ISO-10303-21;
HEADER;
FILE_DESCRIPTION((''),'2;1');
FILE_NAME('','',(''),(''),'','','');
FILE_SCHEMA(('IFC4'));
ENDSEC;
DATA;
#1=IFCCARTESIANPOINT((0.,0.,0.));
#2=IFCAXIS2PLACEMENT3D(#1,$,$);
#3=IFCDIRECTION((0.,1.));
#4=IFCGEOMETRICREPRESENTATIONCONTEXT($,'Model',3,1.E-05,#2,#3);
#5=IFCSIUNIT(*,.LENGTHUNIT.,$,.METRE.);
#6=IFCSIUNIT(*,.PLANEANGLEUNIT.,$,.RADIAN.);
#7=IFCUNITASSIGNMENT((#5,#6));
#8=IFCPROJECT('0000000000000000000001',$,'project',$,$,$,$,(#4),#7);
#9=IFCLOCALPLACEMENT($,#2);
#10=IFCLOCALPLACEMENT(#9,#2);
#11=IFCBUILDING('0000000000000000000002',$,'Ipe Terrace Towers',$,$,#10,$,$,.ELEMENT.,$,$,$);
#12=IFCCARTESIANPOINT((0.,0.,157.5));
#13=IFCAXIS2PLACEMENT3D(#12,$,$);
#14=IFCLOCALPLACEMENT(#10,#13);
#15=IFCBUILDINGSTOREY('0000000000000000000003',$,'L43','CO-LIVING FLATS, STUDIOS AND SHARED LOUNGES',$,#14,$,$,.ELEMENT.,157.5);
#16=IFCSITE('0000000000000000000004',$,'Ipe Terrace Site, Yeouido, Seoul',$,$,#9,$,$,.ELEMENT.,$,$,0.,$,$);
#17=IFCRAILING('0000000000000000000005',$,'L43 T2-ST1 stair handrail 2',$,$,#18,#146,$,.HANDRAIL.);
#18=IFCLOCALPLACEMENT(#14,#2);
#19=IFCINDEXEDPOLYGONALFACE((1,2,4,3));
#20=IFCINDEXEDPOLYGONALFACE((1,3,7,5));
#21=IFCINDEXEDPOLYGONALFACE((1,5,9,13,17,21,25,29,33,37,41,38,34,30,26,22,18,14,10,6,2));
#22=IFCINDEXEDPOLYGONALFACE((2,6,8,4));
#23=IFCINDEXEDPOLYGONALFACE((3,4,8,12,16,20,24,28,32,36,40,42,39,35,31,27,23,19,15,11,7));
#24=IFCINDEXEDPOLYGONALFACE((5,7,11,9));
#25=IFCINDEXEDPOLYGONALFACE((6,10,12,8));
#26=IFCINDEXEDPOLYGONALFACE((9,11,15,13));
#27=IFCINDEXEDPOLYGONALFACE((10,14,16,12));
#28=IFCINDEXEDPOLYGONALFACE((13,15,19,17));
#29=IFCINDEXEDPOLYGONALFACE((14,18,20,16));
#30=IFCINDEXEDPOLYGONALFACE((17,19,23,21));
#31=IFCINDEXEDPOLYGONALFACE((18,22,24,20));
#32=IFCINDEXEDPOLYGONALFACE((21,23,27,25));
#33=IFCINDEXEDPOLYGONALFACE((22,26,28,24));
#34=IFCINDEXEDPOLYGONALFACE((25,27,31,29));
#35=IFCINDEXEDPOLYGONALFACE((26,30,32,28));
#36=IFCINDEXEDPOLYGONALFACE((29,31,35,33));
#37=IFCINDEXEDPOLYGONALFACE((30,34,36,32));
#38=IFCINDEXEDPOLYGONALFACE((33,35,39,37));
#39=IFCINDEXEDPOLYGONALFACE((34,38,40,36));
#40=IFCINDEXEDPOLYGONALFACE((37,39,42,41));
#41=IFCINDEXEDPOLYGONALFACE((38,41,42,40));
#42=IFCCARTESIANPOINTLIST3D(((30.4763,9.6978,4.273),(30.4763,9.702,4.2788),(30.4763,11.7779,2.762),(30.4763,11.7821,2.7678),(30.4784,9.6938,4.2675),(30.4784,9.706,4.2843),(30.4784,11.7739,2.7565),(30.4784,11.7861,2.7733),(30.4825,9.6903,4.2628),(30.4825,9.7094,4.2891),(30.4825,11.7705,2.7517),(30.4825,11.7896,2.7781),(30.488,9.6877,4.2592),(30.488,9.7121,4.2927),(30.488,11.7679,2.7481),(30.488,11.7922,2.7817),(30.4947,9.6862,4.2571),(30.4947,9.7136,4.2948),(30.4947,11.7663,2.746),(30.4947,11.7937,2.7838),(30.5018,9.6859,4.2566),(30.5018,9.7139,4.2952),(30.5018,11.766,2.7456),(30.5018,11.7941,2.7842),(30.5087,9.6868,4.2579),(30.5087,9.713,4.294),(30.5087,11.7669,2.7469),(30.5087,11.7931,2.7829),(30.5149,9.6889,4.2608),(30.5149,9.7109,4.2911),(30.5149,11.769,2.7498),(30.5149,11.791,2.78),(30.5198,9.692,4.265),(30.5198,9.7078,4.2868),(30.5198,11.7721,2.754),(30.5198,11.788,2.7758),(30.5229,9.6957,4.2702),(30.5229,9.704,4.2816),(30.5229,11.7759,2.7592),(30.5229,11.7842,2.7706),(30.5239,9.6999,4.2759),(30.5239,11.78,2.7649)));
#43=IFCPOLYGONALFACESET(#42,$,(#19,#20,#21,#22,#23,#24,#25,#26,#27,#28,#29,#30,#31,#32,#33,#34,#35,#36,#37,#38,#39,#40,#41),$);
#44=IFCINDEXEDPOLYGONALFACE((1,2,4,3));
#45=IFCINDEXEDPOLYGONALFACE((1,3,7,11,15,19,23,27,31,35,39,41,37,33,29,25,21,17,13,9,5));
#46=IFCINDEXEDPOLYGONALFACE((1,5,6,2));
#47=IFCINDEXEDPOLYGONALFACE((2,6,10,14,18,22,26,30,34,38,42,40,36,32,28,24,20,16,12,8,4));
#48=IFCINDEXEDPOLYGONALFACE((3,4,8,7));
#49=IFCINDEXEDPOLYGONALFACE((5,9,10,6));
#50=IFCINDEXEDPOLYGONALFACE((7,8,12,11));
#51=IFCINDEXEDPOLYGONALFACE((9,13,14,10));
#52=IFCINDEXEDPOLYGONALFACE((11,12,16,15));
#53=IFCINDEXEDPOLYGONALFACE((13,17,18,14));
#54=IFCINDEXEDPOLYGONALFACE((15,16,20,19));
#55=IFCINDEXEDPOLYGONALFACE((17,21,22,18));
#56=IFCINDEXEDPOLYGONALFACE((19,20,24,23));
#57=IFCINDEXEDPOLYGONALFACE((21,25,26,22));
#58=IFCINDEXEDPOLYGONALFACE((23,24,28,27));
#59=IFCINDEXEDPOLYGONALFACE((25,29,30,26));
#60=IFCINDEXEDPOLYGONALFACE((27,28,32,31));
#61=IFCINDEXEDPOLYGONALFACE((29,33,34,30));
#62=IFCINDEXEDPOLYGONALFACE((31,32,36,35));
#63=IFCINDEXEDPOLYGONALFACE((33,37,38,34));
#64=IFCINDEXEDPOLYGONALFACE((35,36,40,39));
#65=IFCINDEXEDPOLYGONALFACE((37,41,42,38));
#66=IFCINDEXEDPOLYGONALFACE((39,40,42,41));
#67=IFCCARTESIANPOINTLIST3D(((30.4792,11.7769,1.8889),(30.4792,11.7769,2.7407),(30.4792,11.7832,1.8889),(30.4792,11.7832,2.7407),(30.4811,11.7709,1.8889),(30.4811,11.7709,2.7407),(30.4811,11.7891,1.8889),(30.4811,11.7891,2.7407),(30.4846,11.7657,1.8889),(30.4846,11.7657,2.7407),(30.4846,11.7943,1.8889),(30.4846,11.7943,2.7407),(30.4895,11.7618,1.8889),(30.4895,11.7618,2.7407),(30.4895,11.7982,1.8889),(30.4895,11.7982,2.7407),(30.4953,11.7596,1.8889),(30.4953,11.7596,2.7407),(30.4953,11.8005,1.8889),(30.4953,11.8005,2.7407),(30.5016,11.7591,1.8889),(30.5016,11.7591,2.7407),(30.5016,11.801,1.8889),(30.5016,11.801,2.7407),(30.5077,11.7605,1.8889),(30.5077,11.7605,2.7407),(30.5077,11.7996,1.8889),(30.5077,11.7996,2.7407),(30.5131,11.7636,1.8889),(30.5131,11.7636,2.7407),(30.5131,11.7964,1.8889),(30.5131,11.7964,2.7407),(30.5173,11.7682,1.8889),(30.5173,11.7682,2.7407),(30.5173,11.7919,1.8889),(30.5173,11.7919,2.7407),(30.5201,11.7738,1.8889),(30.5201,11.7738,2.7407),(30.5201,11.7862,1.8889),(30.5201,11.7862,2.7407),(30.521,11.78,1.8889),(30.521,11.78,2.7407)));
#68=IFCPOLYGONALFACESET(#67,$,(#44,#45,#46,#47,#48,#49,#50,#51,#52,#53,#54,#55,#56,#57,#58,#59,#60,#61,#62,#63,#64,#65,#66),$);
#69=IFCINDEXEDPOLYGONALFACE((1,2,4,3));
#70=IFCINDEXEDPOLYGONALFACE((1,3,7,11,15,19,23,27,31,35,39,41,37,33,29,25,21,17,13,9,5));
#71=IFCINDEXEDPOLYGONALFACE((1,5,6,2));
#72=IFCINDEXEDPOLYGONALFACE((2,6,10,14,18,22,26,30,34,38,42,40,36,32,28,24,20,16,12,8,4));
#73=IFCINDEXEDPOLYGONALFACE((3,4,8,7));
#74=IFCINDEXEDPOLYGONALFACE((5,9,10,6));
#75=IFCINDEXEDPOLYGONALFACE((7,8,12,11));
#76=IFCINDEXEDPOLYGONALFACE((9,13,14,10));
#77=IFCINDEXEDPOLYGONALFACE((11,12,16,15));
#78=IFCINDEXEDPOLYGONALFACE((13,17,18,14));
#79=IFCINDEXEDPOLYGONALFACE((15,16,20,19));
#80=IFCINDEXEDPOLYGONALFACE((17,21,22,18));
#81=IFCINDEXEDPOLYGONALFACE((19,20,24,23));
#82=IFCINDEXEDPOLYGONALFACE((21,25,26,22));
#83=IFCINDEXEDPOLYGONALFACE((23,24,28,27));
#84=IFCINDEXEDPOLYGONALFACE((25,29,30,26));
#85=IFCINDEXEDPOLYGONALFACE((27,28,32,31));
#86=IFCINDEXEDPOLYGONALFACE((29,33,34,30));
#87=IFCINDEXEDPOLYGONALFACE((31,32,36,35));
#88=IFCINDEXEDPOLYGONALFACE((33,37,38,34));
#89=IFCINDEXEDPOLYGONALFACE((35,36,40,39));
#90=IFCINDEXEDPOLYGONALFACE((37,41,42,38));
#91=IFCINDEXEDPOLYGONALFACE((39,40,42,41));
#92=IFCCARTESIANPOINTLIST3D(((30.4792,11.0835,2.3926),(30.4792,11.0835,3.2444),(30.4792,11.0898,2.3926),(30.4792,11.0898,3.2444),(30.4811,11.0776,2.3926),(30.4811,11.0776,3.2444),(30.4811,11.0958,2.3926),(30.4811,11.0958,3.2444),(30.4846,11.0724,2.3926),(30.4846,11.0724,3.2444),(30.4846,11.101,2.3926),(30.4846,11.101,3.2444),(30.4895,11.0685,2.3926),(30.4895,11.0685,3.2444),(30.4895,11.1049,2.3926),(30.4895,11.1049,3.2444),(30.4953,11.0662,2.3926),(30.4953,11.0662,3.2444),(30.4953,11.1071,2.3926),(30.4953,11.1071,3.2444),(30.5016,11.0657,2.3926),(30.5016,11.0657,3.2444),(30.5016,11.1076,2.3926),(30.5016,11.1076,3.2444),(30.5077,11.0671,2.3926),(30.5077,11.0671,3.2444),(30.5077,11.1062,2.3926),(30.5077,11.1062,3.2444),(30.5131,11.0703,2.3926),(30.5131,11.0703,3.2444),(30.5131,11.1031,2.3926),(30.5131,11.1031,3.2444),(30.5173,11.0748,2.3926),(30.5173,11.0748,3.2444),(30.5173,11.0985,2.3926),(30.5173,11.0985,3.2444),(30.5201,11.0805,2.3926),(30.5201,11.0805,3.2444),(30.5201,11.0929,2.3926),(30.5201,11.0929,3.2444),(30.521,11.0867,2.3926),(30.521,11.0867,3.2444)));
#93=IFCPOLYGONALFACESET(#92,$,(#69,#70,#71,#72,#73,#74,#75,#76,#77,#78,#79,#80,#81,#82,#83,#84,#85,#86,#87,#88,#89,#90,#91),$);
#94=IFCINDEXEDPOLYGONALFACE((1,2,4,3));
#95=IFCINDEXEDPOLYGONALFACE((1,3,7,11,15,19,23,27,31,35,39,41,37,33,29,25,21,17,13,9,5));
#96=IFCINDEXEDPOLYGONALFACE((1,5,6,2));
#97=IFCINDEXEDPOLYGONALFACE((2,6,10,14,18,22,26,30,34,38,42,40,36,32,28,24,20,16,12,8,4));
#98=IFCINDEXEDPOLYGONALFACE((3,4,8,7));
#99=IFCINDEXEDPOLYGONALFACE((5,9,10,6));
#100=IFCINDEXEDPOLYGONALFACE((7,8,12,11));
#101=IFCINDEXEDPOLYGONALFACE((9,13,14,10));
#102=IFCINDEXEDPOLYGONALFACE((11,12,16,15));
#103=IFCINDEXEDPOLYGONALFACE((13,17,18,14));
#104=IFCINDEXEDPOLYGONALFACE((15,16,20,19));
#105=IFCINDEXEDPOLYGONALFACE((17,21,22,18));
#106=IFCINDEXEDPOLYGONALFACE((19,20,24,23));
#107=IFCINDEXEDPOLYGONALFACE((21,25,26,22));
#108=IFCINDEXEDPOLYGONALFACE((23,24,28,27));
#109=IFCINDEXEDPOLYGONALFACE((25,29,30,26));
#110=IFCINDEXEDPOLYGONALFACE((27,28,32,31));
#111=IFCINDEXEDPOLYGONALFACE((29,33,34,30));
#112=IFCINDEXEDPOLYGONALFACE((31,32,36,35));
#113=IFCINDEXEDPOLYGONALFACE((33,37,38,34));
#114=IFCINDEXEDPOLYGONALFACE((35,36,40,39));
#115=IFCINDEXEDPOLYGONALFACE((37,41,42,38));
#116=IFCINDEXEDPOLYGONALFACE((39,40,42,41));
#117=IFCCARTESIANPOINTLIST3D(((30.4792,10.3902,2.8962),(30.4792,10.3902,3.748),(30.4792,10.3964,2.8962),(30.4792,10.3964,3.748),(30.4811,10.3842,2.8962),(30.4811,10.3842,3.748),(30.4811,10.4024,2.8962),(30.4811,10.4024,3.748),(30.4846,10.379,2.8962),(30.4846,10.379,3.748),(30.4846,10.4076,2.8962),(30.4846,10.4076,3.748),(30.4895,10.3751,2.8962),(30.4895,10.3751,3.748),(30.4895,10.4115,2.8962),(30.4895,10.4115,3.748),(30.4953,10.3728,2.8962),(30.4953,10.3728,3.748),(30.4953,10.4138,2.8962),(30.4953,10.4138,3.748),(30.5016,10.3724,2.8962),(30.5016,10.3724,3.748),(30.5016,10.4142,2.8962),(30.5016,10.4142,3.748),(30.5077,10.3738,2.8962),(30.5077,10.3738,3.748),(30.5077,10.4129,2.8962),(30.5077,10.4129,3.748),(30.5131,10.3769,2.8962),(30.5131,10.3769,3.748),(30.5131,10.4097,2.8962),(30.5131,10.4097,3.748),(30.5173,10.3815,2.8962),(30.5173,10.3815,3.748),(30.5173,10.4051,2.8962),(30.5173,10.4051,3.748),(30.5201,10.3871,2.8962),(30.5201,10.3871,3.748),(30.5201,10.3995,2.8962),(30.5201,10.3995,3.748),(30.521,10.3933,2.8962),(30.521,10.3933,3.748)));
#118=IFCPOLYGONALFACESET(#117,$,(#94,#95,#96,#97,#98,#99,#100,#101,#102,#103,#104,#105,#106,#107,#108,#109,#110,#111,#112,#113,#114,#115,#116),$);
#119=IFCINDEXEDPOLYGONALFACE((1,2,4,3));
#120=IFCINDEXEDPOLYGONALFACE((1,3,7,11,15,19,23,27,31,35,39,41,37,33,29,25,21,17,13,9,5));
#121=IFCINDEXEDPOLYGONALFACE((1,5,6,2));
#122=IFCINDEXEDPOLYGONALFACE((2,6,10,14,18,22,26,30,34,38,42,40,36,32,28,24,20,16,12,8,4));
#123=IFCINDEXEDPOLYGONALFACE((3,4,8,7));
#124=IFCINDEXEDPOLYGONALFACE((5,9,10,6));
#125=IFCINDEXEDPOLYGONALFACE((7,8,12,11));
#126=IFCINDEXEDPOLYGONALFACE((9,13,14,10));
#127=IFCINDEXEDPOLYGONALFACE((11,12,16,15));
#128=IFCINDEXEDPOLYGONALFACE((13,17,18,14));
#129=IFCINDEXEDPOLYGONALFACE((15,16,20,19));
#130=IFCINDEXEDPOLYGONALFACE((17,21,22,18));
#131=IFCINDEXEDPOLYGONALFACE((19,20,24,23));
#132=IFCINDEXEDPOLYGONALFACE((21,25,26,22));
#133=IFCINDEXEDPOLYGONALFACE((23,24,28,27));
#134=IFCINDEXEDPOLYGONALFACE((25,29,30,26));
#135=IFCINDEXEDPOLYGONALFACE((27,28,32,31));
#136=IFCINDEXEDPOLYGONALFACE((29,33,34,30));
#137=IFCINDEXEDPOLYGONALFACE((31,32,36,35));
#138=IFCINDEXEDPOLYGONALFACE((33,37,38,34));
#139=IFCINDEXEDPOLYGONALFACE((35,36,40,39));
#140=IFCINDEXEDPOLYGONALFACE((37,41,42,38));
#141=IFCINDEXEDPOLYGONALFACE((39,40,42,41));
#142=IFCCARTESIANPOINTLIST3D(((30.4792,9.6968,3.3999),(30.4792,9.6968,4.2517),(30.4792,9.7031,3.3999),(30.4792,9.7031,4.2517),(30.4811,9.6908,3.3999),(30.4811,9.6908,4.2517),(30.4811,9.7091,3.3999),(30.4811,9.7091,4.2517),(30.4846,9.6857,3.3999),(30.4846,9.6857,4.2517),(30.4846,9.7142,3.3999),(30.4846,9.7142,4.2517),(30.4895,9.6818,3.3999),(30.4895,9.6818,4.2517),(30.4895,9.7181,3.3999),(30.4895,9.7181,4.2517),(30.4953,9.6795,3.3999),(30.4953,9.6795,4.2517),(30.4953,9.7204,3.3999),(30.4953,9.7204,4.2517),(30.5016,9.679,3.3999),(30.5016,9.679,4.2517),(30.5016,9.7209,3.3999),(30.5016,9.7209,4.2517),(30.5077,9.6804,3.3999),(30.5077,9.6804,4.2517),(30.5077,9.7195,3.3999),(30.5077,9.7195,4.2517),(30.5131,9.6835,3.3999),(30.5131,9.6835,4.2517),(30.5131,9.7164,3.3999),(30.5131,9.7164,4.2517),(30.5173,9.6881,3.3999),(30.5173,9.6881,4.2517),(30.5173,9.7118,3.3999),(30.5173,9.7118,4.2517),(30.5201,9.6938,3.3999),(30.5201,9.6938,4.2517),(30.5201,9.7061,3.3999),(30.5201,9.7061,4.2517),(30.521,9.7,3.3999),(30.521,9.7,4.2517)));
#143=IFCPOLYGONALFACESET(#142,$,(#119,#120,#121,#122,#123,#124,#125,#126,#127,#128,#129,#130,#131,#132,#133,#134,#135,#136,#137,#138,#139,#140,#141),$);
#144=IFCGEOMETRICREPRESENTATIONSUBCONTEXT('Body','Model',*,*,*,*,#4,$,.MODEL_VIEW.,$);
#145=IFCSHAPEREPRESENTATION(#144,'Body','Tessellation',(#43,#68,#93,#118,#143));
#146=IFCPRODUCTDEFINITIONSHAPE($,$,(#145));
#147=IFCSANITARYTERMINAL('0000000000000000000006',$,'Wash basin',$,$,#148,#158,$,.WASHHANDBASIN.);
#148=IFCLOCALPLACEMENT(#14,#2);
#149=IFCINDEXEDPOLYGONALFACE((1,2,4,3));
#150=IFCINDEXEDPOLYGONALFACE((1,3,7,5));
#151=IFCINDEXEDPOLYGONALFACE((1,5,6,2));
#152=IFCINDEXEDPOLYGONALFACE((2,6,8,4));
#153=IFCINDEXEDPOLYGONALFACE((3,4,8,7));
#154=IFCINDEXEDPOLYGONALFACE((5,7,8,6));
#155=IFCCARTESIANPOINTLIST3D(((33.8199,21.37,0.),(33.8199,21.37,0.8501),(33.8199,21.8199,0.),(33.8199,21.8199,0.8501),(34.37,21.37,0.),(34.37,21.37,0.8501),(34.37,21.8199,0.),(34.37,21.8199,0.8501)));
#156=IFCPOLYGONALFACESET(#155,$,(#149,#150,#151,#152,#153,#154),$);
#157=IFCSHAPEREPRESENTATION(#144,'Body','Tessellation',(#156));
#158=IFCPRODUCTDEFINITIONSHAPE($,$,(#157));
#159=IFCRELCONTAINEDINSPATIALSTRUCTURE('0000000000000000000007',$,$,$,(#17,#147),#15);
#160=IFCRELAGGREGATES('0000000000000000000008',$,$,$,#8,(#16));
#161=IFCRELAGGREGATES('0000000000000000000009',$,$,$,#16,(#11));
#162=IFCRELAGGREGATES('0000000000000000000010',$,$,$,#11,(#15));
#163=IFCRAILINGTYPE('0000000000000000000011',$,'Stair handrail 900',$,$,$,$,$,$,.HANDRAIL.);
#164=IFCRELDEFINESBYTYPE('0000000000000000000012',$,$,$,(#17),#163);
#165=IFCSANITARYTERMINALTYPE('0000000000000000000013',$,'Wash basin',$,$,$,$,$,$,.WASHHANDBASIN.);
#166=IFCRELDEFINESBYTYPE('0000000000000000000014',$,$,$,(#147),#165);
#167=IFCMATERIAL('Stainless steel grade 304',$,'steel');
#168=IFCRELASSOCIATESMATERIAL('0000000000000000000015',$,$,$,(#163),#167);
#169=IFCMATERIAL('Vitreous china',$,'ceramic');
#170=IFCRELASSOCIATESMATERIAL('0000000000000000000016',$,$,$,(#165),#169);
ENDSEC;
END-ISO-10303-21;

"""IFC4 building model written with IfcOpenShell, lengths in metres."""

from ifc_helpers import new_model, si_unit, direction, frame, origin, origin_2d, place, context, subcontext, project, spatial, rectangle, circle, extrude, material, type_object, element, save


model = new_model("IFC4")

# Units and contexts
model_context = context("Model", 3, precision=1e-05, world=origin(), true_north=direction((0.0, 1.0)))
body_context = subcontext(model_context, "Body", "Model", "MODEL_VIEW")
ifc_project = project(units=[si_unit("LENGTHUNIT", "METRE"), si_unit("PLANEANGLEUNIT", "RADIAN")], contexts=[model_context])

# Site, building, storey
site_placement = place(None, origin())
site = spatial("IfcSite", under=ifc_project, at=site_placement, Name="Ipe Terrace Site, Yeouido, Seoul", CompositionType="ELEMENT", RefElevation=0.0)
building_placement = place(site_placement, origin())
building = spatial("IfcBuilding", under=site, at=building_placement, Name="Ipe Terrace Towers", CompositionType="ELEMENT")
storey_placement = place(building_placement, frame((0.0, 0.0, 157.5)))
storey = spatial("IfcBuildingStorey", under=building, at=storey_placement, Name="L43", Description="CO-LIVING FLATS, STUDIOS AND SHARED LOUNGES", CompositionType="ELEMENT", Elevation=157.5)

# Railing
ifc_material_1 = material(Name="Stainless steel grade 304", Category="steel")
railing_type_1 = type_object("IfcRailingType", Name="Stair handrail 900", PredefinedType="HANDRAIL", material=ifc_material_1)
railing_1_placement = place(storey_placement, frame((30.5, 11.78, 1.8889)))
element("IfcRailing", 1, at=railing_1_placement, inside=storey, type_object=railing_type_1, Name="L43 T2-ST1 stair handrail 2", PredefinedType="HANDRAIL", context=body_context, shape_type="SweptSolid", body=[
    extrude(circle(Radius=0.0239, at=origin_2d()), frame((0.0, 0.0, 0.876), z_axis=(0.0, -0.809069, 0.587714), x_axis=(1.0, 0.0, 0.0)), (0.0, 0.0, 1.0), 2.571),
    extrude(circle(Radius=0.021, at=origin_2d()), origin(), (0.0, 0.0, 1.0), 0.8518),
    extrude(circle(Radius=0.021, at=origin_2d()), frame((0.0, -0.6934, 0.5037)), (0.0, 0.0, 1.0), 0.8518),
    extrude(circle(Radius=0.021, at=origin_2d()), frame((0.0, -1.3867, 1.0073)), (0.0, 0.0, 1.0), 0.8518),
    extrude(circle(Radius=0.021, at=origin_2d()), frame((0.0, -2.0801, 1.511)), (0.0, 0.0, 1.0), 0.8518),
])

# Sanitary terminal
ifc_material_2 = material(Name="Vitreous china", Category="ceramic")
sanitary_terminal_type = type_object("IfcSanitaryTerminalType", Name="Wash basin", PredefinedType="WASHHANDBASIN", material=ifc_material_2)
sanitary_terminal_placement = place(storey_placement, frame((34.095, 21.595, 0.0), z_axis=(0.0, 0.0, 1.0), x_axis=(1.0, 0.0, 0.0)))
element("IfcSanitaryTerminal", 2, at=sanitary_terminal_placement, inside=storey, type_object=sanitary_terminal_type, Name="Wash basin", PredefinedType="WASHHANDBASIN", context=body_context, shape_type="SweptSolid", body=[
    extrude(rectangle(XDim=0.55, YDim=0.45, at=origin_2d()), origin(), (0.0, 0.0, 1.0), 0.8501),
])

save(model, "model.ifc")
